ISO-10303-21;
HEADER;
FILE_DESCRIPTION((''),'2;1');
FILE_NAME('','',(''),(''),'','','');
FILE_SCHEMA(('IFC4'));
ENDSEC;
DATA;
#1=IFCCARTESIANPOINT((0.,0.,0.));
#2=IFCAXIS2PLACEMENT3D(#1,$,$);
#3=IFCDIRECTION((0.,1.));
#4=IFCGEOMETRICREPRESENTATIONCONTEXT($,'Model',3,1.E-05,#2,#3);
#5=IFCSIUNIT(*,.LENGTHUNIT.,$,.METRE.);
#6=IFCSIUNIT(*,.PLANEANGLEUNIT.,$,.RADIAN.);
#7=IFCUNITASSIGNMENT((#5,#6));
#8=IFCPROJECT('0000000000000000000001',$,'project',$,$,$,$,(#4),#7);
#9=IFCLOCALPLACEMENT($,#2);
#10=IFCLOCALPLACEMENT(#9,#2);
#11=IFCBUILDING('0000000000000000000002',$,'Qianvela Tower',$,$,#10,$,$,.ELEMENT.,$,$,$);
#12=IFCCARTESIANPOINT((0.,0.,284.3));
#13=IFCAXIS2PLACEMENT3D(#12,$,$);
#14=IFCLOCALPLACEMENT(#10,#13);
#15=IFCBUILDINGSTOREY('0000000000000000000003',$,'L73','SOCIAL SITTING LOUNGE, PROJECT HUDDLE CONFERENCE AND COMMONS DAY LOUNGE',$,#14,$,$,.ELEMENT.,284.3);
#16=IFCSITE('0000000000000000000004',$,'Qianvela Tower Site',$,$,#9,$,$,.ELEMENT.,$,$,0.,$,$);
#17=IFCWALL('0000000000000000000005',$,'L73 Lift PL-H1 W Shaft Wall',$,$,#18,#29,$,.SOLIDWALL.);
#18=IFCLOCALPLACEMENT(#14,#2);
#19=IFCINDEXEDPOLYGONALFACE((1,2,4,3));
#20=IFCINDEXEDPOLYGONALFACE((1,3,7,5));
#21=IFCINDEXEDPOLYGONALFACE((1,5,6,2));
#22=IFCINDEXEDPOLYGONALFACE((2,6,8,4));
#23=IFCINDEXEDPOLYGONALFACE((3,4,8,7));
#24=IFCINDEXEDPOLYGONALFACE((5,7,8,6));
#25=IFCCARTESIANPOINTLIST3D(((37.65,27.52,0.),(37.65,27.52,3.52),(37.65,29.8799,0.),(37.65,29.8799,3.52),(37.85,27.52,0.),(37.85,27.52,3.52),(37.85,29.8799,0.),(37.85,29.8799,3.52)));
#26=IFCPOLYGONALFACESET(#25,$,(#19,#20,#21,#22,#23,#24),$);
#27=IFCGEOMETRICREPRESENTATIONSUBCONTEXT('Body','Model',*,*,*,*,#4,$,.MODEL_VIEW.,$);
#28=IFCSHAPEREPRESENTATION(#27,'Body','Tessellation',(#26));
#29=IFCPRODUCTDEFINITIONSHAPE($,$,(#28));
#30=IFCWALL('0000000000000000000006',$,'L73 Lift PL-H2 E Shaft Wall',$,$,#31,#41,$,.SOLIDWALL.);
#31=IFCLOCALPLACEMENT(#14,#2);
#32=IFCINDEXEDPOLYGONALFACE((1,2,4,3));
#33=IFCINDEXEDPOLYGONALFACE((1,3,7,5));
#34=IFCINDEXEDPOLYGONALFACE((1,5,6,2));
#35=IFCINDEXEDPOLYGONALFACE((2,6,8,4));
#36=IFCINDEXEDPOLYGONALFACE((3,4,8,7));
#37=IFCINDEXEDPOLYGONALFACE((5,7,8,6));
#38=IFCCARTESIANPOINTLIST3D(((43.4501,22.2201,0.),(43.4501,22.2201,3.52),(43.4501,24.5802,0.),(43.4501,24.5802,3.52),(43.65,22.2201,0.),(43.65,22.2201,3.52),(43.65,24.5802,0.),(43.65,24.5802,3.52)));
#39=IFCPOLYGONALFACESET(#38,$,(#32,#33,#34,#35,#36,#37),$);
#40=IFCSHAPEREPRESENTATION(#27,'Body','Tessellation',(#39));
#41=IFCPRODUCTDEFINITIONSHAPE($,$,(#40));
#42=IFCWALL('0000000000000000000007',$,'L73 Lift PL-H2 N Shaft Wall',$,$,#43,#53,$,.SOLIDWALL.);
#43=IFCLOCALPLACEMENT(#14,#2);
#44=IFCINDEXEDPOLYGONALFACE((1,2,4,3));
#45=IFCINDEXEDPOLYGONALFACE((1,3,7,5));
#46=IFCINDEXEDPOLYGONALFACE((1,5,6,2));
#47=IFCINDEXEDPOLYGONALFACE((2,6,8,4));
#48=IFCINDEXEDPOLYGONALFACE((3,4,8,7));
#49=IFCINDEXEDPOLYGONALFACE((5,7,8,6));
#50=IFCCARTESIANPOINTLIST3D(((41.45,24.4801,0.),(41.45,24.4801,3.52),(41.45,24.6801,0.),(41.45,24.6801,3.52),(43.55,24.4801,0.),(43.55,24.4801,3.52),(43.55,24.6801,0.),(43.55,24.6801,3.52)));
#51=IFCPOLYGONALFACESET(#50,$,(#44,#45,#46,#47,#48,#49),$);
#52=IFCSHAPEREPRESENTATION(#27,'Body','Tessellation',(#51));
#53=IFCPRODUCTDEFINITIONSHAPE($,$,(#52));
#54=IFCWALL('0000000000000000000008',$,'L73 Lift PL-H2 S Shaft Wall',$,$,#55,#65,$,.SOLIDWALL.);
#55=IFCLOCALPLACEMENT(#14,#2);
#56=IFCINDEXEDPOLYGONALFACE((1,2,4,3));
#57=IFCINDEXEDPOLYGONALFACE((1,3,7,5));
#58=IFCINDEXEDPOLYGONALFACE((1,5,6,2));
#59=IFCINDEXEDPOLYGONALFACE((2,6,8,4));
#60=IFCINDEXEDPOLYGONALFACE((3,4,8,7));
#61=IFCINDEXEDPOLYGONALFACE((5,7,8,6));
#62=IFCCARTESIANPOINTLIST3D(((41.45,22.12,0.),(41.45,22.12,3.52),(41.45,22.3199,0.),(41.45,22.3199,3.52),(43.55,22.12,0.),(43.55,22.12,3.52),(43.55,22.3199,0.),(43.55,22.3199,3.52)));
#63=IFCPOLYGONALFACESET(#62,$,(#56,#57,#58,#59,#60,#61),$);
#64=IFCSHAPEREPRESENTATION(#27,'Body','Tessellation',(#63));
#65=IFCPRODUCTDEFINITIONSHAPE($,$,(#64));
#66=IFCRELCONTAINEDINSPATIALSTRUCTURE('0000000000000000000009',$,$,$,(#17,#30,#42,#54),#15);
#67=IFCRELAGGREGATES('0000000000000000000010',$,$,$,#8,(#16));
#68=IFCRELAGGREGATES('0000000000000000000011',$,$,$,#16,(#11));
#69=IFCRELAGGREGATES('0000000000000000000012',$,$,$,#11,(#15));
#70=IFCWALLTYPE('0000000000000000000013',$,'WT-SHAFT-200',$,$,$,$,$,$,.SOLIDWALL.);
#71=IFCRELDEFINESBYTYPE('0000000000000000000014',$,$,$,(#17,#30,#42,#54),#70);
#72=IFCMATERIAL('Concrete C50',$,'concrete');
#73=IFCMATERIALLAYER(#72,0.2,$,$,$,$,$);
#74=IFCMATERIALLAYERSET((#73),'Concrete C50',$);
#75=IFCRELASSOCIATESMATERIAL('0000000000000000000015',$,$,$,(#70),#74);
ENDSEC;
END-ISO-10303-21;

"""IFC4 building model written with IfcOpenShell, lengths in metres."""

from ifc_helpers import new_model, si_unit, direction, frame, frame_2d, origin, place, context, subcontext, project, spatial, rectangle, extrude, material, layer, layer_set, type_object, element, save


model = new_model("IFC4")

# Units and contexts
model_context = context("Model", 3, precision=1e-05, world=origin(), true_north=direction((0.0, 1.0)))
body_context = subcontext(model_context, "Body", "Model", "MODEL_VIEW")
ifc_project = project(units=[si_unit("LENGTHUNIT", "METRE"), si_unit("PLANEANGLEUNIT", "RADIAN")], contexts=[model_context])

# Site, building, storey
site_placement = place(None, origin())
site = spatial("IfcSite", under=ifc_project, at=site_placement, Name="Qianvela Tower Site", CompositionType="ELEMENT", RefElevation=0.0)
building_placement = place(site_placement, origin())
building = spatial("IfcBuilding", under=site, at=building_placement, Name="Qianvela Tower", CompositionType="ELEMENT")
storey_placement = place(building_placement, frame((0.0, 0.0, 284.3)))
storey = spatial("IfcBuildingStorey", under=building, at=storey_placement, Name="L73", Description="SOCIAL SITTING LOUNGE, PROJECT HUDDLE CONFERENCE AND COMMONS DAY LOUNGE", CompositionType="ELEMENT", Elevation=284.3)

# Shared definitions
ifc_material_1 = material(Name="Concrete C50", Category="concrete")
ifc_layer_1 = layer(ifc_material_1, 0.2)
ifc_layer_set_1 = layer_set([ifc_layer_1], Name="Concrete C50")
wall_type_1 = type_object("IfcWallType", Name="WT-SHAFT-200", PredefinedType="SOLIDWALL", material=ifc_layer_set_1)

# Walls
wall_1_placement = place(storey_placement, frame((37.75, 27.52, 0.0), z_axis=(0.0, 0.0, 1.0), x_axis=(0.0, 1.0, 0.0)))
element("IfcWall", 1, at=wall_1_placement, inside=storey, type_object=wall_type_1, Name="L73 Lift PL-H1 W Shaft Wall", PredefinedType="SOLIDWALL", context=body_context, shape_type="SweptSolid", body=[
    extrude(rectangle(XDim=2.3599, YDim=0.2, at=frame_2d((1.1799, 0.0))), origin(), (0.0, 0.0, 1.0), 3.52),
])
wall_2_placement = place(storey_placement, frame((43.55, 22.22, 0.0), z_axis=(0.0, 0.0, 1.0), x_axis=(0.0, 1.0, 0.0)))
element("IfcWall", 2, at=wall_2_placement, inside=storey, type_object=wall_type_1, Name="L73 Lift PL-H2 E Shaft Wall", PredefinedType="SOLIDWALL", context=body_context, shape_type="SweptSolid", body=[
    extrude(rectangle(XDim=2.3601, YDim=0.2, at=frame_2d((1.1802, 0.0))), origin(), (0.0, 0.0, 1.0), 3.52),
])
for number, where, z_axis, x_axis, name in (
    (3, (41.45, 24.5801, 0.0), (0.0, 0.0, 1.0), (1.0, 0.0, 0.0), "L73 Lift PL-H2 N Shaft Wall"),
    (4, (41.45, 22.22, 0.0), (0.0, 0.0, 1.0), (1.0, 0.0, 0.0), "L73 Lift PL-H2 S Shaft Wall"),
):
    element("IfcWall", number, at=place(storey_placement, frame(where, z_axis=z_axis, x_axis=x_axis)), inside=storey, type_object=wall_type_1, Name=name, PredefinedType="SOLIDWALL", context=body_context, shape_type="SweptSolid", body=[
        extrude(rectangle(XDim=2.1001, YDim=0.2, at=frame_2d((1.05, 0.0))), origin(), (0.0, 0.0, 1.0), 3.52),
    ])

save(model, "model.ifc")
